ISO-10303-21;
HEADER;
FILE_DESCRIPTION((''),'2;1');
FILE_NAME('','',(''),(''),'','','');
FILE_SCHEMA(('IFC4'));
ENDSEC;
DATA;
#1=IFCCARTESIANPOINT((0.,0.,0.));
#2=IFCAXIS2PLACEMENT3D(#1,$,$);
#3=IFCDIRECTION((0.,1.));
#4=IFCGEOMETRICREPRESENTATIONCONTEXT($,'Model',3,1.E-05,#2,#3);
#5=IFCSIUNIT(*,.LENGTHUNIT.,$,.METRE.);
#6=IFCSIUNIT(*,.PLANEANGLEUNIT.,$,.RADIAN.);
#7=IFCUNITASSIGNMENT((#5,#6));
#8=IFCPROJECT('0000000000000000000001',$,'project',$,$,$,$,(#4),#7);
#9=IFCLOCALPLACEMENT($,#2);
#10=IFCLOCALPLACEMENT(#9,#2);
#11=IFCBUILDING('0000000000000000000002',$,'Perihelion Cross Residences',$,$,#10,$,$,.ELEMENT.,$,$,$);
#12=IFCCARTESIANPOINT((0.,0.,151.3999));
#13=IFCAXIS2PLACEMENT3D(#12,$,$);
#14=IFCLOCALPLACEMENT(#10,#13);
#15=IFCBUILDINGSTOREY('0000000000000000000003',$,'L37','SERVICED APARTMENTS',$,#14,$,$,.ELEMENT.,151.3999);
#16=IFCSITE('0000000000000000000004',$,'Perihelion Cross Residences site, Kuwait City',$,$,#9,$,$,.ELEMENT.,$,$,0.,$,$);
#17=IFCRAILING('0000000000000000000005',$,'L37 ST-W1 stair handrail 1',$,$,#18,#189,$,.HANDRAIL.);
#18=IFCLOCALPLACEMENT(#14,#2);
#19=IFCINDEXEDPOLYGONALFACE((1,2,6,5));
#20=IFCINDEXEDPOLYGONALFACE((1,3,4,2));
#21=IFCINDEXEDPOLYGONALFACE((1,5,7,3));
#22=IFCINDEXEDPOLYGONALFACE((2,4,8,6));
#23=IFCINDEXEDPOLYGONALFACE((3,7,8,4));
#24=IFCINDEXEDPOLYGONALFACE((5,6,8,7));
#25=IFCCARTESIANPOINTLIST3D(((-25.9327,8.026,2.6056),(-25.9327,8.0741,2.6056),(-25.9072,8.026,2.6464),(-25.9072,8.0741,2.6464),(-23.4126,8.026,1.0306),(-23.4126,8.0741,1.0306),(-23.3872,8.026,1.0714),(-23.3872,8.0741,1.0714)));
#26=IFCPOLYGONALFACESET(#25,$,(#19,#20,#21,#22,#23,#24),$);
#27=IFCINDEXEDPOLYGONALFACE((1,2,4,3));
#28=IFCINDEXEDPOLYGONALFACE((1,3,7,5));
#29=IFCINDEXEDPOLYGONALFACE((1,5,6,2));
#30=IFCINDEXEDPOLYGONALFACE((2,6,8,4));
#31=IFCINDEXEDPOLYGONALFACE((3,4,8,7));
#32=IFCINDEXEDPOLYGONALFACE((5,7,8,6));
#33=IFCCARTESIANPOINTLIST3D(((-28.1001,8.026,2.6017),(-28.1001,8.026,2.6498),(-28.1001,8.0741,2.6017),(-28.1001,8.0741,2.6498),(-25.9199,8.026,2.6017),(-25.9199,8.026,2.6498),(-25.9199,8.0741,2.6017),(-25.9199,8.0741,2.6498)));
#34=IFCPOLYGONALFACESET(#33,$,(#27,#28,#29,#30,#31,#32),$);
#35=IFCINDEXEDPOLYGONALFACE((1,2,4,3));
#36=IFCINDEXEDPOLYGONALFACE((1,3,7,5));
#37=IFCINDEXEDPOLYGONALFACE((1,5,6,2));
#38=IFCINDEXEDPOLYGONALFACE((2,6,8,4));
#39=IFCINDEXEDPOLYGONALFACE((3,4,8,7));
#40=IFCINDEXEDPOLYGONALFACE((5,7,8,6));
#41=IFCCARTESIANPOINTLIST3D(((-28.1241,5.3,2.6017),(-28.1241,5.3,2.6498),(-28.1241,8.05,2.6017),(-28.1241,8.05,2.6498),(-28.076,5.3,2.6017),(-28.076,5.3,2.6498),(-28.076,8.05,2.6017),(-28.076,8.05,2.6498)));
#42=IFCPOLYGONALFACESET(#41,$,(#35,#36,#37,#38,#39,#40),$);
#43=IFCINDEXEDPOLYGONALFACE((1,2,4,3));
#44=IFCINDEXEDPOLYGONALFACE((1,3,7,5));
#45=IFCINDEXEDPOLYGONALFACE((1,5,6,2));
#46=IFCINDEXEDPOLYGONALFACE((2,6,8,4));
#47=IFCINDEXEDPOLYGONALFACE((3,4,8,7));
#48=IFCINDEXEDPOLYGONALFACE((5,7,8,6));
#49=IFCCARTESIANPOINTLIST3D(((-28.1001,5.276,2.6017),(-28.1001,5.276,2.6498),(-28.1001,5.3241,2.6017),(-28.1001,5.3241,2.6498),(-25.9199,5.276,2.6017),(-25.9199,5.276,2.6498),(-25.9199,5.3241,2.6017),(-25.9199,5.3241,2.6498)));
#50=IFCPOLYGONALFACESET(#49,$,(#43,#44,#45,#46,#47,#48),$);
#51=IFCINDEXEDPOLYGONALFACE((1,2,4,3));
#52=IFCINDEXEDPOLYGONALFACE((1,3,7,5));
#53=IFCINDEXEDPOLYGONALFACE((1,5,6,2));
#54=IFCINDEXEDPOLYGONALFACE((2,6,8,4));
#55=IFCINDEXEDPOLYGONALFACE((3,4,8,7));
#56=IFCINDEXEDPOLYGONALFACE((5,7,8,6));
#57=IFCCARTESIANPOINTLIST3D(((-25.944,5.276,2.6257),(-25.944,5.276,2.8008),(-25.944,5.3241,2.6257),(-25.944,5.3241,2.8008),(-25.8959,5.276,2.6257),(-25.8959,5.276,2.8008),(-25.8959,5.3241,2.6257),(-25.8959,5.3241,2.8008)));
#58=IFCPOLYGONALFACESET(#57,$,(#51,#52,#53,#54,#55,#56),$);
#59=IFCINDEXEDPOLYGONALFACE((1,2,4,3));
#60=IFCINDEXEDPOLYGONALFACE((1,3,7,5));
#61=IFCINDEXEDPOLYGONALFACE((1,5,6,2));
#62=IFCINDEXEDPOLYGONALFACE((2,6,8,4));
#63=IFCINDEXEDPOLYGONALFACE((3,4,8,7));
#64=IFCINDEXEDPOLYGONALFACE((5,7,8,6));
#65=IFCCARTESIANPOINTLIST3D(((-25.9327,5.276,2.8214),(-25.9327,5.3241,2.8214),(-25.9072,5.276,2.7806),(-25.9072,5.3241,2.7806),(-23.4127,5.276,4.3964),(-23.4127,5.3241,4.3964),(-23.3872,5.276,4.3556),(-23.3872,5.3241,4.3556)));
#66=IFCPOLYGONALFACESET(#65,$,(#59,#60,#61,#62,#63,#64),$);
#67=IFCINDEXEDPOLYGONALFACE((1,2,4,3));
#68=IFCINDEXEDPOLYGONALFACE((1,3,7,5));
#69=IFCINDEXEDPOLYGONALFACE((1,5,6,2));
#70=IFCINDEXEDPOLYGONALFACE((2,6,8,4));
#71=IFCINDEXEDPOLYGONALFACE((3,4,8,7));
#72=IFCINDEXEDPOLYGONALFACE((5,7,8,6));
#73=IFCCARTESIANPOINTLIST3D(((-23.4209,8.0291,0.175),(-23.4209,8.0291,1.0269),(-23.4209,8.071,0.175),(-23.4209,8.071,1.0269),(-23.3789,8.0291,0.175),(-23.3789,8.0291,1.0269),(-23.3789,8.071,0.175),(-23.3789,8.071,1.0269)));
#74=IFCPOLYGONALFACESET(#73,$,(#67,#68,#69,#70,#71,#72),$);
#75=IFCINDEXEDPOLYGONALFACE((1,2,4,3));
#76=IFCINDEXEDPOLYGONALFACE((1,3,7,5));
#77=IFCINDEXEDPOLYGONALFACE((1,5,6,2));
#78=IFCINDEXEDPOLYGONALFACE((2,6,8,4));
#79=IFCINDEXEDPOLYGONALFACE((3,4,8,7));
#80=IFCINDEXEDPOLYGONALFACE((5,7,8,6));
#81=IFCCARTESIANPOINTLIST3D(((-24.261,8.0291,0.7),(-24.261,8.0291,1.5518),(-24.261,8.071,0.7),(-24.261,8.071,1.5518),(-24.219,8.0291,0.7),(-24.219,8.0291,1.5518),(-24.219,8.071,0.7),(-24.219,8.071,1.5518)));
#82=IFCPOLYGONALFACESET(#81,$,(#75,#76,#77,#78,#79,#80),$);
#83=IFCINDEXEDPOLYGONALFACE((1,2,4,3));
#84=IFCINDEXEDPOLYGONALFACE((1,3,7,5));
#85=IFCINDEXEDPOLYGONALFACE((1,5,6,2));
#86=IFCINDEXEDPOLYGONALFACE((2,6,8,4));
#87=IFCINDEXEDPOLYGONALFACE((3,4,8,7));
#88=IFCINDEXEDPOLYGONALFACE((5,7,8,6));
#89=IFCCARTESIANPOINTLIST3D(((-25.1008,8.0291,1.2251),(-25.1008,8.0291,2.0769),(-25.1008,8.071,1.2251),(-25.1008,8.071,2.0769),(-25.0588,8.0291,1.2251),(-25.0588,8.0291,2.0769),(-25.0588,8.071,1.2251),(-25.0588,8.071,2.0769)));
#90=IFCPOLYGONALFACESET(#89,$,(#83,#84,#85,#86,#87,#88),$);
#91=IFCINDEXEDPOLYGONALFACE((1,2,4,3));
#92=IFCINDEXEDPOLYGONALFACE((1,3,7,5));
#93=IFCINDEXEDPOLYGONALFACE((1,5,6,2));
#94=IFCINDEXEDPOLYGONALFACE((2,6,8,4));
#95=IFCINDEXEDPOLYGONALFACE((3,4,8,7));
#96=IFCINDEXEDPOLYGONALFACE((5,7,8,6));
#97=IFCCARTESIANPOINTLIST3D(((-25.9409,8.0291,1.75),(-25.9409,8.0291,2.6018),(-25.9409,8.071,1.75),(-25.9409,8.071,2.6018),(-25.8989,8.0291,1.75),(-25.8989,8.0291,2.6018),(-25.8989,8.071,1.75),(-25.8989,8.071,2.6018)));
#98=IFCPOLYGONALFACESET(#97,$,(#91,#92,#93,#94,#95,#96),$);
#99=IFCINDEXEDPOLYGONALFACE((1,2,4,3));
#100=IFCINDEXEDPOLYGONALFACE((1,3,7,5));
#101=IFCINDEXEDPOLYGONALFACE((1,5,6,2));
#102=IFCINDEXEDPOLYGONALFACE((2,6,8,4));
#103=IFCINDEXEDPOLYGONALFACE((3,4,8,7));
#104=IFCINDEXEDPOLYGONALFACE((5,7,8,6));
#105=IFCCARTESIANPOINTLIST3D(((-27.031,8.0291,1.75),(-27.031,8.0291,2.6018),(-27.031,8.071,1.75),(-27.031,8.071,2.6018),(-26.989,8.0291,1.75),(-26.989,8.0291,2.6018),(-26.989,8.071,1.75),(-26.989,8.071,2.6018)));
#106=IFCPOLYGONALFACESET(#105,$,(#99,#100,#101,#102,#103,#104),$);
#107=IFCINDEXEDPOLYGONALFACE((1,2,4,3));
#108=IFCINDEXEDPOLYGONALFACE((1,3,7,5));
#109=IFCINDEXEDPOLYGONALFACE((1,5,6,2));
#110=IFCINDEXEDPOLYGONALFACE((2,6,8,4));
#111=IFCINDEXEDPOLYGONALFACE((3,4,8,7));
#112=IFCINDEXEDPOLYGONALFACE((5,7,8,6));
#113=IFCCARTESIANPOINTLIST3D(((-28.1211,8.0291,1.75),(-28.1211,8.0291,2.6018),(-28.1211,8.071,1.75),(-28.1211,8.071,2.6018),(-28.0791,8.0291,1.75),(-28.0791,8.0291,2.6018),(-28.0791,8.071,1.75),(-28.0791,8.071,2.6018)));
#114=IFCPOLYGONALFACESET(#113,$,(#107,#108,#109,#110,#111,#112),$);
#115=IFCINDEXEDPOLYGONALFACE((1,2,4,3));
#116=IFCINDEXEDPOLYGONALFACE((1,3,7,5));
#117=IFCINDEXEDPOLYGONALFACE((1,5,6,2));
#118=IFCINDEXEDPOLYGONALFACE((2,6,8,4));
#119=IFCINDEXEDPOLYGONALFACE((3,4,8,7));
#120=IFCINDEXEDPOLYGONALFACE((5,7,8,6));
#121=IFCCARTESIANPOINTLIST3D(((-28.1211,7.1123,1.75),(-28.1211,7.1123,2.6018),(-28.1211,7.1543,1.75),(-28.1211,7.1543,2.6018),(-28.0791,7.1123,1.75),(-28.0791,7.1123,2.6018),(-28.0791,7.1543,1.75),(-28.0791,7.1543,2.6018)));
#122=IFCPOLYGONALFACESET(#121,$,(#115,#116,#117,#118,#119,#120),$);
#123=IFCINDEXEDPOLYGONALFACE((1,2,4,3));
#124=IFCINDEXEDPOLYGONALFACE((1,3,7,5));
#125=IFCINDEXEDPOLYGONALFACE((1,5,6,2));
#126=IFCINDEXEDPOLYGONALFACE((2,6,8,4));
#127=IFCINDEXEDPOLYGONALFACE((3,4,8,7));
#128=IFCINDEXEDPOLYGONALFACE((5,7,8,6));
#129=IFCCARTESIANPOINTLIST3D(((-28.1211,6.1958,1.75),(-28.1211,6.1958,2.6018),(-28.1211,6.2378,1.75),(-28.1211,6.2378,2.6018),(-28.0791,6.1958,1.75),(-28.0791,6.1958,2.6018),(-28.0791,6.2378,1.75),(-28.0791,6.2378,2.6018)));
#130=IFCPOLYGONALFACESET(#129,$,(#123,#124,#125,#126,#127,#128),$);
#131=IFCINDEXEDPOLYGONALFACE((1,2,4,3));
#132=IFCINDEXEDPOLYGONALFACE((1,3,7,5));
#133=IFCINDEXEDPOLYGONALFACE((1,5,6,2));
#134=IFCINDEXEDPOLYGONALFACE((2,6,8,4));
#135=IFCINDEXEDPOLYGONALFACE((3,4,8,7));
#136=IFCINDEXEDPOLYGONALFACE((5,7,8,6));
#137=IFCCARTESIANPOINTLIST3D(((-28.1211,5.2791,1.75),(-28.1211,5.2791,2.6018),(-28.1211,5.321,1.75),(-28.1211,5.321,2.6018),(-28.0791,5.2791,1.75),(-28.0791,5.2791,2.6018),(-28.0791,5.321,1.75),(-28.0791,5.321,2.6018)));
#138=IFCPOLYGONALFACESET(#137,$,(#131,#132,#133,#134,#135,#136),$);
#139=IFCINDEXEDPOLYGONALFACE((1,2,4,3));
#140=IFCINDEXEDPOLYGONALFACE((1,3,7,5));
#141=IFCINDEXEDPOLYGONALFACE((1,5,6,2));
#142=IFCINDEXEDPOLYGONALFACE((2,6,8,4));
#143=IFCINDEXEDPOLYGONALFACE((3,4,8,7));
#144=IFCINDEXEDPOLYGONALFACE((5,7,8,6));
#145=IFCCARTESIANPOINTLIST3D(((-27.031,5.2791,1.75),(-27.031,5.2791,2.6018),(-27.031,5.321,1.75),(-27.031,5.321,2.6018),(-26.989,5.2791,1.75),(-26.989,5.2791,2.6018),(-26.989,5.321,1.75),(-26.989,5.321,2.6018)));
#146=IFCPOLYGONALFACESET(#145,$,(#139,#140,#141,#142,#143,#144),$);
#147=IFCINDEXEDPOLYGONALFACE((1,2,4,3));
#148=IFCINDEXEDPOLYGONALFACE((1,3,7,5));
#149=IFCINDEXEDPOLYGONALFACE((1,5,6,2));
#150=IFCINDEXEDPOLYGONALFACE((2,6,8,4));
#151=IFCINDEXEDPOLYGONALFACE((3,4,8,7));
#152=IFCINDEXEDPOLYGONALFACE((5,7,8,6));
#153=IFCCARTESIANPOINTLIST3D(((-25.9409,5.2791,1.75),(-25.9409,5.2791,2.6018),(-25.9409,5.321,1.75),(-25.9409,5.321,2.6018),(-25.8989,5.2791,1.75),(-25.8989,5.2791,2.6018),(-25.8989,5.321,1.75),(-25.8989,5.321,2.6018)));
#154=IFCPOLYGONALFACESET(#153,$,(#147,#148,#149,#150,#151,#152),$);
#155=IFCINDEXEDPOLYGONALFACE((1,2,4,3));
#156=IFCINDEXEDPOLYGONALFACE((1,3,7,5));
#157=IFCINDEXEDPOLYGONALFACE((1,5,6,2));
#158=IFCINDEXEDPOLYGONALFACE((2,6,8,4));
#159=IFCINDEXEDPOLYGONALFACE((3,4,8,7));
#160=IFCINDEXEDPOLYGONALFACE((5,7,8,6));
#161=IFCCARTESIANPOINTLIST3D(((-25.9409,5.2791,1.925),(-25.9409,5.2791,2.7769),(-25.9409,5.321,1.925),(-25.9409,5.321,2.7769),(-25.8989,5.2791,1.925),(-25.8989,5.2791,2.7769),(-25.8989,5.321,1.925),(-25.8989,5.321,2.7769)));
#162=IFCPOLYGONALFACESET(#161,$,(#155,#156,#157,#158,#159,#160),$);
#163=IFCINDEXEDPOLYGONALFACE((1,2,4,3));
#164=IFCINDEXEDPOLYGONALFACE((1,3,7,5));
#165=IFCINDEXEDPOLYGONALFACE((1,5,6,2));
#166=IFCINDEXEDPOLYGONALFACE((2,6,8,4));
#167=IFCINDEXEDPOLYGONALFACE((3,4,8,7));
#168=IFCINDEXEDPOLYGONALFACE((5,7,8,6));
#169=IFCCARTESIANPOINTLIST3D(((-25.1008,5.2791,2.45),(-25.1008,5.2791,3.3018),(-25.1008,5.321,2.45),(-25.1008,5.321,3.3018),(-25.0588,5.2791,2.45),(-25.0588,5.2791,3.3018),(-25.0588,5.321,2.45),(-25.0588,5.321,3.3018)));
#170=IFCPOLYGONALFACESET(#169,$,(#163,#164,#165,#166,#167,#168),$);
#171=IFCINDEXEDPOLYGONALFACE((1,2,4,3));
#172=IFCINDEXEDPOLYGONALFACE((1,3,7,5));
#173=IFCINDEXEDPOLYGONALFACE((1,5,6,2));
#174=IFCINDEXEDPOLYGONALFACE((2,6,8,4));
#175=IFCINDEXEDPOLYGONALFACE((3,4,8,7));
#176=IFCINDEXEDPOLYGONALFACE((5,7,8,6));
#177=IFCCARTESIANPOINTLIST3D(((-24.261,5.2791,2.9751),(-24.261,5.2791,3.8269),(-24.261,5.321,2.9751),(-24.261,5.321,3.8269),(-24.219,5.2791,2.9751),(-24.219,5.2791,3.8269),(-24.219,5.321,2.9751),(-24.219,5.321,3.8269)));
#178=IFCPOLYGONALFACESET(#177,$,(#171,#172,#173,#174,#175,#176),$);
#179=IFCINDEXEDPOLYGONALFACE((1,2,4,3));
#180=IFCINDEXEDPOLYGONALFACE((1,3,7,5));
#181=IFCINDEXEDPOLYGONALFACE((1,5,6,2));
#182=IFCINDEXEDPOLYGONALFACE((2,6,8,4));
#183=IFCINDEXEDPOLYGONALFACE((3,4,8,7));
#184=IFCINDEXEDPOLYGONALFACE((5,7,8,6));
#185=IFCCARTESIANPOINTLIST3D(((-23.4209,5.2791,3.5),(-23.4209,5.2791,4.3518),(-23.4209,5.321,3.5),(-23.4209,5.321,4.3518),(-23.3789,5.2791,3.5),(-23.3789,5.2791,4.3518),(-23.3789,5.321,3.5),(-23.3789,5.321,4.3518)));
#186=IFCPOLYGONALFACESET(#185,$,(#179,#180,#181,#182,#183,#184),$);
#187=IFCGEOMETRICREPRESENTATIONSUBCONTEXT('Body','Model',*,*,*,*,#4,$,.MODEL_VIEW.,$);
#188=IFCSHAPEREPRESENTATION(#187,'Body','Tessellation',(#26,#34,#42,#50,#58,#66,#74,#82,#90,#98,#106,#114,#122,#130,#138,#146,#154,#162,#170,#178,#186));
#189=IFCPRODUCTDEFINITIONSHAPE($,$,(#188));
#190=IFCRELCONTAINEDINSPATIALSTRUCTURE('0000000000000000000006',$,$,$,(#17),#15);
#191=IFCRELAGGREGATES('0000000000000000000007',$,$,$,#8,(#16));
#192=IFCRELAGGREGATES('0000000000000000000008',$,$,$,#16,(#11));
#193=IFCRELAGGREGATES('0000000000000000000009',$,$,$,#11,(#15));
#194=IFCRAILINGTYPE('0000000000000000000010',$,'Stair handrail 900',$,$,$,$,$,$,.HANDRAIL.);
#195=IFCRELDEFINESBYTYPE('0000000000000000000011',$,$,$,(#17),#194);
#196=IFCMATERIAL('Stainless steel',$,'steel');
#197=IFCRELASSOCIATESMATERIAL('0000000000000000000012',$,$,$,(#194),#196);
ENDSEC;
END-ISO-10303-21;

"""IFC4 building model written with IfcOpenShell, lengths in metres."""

from ifc_helpers import new_model, si_unit, direction, frame, origin, origin_2d, place, context, subcontext, project, spatial, rectangle, extrude, material, type_object, element, save


model = new_model("IFC4")

# Units and contexts
model_context = context("Model", 3, precision=1e-05, world=origin(), true_north=direction((0.0, 1.0)))
body_context = subcontext(model_context, "Body", "Model", "MODEL_VIEW")
ifc_project = project(units=[si_unit("LENGTHUNIT", "METRE"), si_unit("PLANEANGLEUNIT", "RADIAN")], contexts=[model_context])

# Site, building, storey
site_placement = place(None, origin())
site = spatial("IfcSite", under=ifc_project, at=site_placement, Name="Perihelion Cross Residences site, Kuwait City", CompositionType="ELEMENT", RefElevation=0.0)
building_placement = place(site_placement, origin())
building = spatial("IfcBuilding", under=site, at=building_placement, Name="Perihelion Cross Residences", CompositionType="ELEMENT")
storey_placement = place(building_placement, frame((0.0, 0.0, 151.3999)))
storey = spatial("IfcBuildingStorey", under=building, at=storey_placement, Name="L37", Description="SERVICED APARTMENTS", CompositionType="ELEMENT", Elevation=151.3999)

# Railing
ifc_material_1 = material(Name="Stainless steel", Category="steel")
railing_type_1 = type_object("IfcRailingType", Name="Stair handrail 900", PredefinedType="HANDRAIL", material=ifc_material_1)
railing_1_placement = place(storey_placement, frame((-23.3999, 8.05, 0.175)))
element("IfcRailing", 1, at=railing_1_placement, inside=storey, type_object=railing_type_1, Name="L37 ST-W1 stair handrail 1", PredefinedType="HANDRAIL", context=body_context, shape_type="SweptSolid", body=[
    extrude(rectangle(XDim=0.0481, YDim=0.0481, at=origin_2d()), frame((0.0, 0.0, 0.876), z_axis=(-0.848008, 0.0, 0.529984), x_axis=(0.0, -1.0, 0.0)), (0.0, 0.0, 1.0), 2.9717),
    extrude(rectangle(XDim=0.0481, YDim=0.0481, at=origin_2d()), frame((-2.52, 0.0, 2.4507), z_axis=(-1.0, 0.0, 0.0), x_axis=(0.0, -1.0, 0.0)), (0.0, 0.0, 1.0), 2.1802),
    extrude(rectangle(XDim=0.0481, YDim=0.0481, at=origin_2d()), frame((-4.7002, 0.0, 2.4507), z_axis=(0.0, -1.0, 0.0), x_axis=(1.0, 0.0, 0.0)), (0.0, 0.0, 1.0), 2.75),
    extrude(rectangle(XDim=0.0481, YDim=0.0481, at=origin_2d()), frame((-4.7002, -2.75, 2.4507), z_axis=(1.0, 0.0, 0.0), x_axis=(0.0, 1.0, 0.0)), (0.0, 0.0, 1.0), 2.1802),
    extrude(rectangle(XDim=0.0481, YDim=0.0481, at=origin_2d()), frame((-2.52, -2.75, 2.4507), z_axis=(0.0, 0.0, 1.0), x_axis=(1.0, 0.0, 0.0)), (0.0, 0.0, 1.0), 0.175),
    extrude(rectangle(XDim=0.0481, YDim=0.0481, at=origin_2d()), frame((-2.52, -2.75, 2.626), z_axis=(0.848008, 0.0, 0.529984), x_axis=(0.0, 1.0, 0.0)), (0.0, 0.0, 1.0), 2.9717),
    extrude(rectangle(XDim=0.042, YDim=0.042, at=origin_2d()), origin(), (0.0, 0.0, 1.0), 0.8518),
    extrude(rectangle(XDim=0.042, YDim=0.042, at=origin_2d()), frame((-0.8401, 0.0, 0.5249)), (0.0, 0.0, 1.0), 0.8518),
    extrude(rectangle(XDim=0.042, YDim=0.042, at=origin_2d()), frame((-1.6799, 0.0, 1.05)), (0.0, 0.0, 1.0), 0.8518),
    extrude(rectangle(XDim=0.042, YDim=0.042, at=origin_2d()), frame((-2.52, 0.0, 1.575)), (0.0, 0.0, 1.0), 0.8518),
    extrude(rectangle(XDim=0.042, YDim=0.042, at=origin_2d()), frame((-3.6101, 0.0, 1.575)), (0.0, 0.0, 1.0), 0.8518),
    extrude(rectangle(XDim=0.042, YDim=0.042, at=origin_2d()), frame((-4.7002, 0.0, 1.575)), (0.0, 0.0, 1.0), 0.8518),
    extrude(rectangle(XDim=0.042, YDim=0.042, at=origin_2d()), frame((-4.7002, -0.9167, 1.575)), (0.0, 0.0, 1.0), 0.8518),
    extrude(rectangle(XDim=0.042, YDim=0.042, at=origin_2d()), frame((-4.7002, -1.8333, 1.575)), (0.0, 0.0, 1.0), 0.8518),
    extrude(rectangle(XDim=0.042, YDim=0.042, at=origin_2d()), frame((-4.7002, -2.75, 1.575)), (0.0, 0.0, 1.0), 0.8518),
    extrude(rectangle(XDim=0.042, YDim=0.042, at=origin_2d()), frame((-3.6101, -2.75, 1.575)), (0.0, 0.0, 1.0), 0.8518),
    extrude(rectangle(XDim=0.042, YDim=0.042, at=origin_2d()), frame((-2.52, -2.75, 1.575)), (0.0, 0.0, 1.0), 0.8518),
    extrude(rectangle(XDim=0.042, YDim=0.042, at=origin_2d()), frame((-2.52, -2.75, 1.75)), (0.0, 0.0, 1.0), 0.8518),
    extrude(rectangle(XDim=0.042, YDim=0.042, at=origin_2d()), frame((-1.6799, -2.75, 2.2749)), (0.0, 0.0, 1.0), 0.8518),
    extrude(rectangle(XDim=0.042, YDim=0.042, at=origin_2d()), frame((-0.8401, -2.75, 2.8)), (0.0, 0.0, 1.0), 0.8518),
    extrude(rectangle(XDim=0.042, YDim=0.042, at=origin_2d()), frame((0.0, -2.75, 3.325)), (0.0, 0.0, 1.0), 0.8518),
])

save(model, "model.ifc")
